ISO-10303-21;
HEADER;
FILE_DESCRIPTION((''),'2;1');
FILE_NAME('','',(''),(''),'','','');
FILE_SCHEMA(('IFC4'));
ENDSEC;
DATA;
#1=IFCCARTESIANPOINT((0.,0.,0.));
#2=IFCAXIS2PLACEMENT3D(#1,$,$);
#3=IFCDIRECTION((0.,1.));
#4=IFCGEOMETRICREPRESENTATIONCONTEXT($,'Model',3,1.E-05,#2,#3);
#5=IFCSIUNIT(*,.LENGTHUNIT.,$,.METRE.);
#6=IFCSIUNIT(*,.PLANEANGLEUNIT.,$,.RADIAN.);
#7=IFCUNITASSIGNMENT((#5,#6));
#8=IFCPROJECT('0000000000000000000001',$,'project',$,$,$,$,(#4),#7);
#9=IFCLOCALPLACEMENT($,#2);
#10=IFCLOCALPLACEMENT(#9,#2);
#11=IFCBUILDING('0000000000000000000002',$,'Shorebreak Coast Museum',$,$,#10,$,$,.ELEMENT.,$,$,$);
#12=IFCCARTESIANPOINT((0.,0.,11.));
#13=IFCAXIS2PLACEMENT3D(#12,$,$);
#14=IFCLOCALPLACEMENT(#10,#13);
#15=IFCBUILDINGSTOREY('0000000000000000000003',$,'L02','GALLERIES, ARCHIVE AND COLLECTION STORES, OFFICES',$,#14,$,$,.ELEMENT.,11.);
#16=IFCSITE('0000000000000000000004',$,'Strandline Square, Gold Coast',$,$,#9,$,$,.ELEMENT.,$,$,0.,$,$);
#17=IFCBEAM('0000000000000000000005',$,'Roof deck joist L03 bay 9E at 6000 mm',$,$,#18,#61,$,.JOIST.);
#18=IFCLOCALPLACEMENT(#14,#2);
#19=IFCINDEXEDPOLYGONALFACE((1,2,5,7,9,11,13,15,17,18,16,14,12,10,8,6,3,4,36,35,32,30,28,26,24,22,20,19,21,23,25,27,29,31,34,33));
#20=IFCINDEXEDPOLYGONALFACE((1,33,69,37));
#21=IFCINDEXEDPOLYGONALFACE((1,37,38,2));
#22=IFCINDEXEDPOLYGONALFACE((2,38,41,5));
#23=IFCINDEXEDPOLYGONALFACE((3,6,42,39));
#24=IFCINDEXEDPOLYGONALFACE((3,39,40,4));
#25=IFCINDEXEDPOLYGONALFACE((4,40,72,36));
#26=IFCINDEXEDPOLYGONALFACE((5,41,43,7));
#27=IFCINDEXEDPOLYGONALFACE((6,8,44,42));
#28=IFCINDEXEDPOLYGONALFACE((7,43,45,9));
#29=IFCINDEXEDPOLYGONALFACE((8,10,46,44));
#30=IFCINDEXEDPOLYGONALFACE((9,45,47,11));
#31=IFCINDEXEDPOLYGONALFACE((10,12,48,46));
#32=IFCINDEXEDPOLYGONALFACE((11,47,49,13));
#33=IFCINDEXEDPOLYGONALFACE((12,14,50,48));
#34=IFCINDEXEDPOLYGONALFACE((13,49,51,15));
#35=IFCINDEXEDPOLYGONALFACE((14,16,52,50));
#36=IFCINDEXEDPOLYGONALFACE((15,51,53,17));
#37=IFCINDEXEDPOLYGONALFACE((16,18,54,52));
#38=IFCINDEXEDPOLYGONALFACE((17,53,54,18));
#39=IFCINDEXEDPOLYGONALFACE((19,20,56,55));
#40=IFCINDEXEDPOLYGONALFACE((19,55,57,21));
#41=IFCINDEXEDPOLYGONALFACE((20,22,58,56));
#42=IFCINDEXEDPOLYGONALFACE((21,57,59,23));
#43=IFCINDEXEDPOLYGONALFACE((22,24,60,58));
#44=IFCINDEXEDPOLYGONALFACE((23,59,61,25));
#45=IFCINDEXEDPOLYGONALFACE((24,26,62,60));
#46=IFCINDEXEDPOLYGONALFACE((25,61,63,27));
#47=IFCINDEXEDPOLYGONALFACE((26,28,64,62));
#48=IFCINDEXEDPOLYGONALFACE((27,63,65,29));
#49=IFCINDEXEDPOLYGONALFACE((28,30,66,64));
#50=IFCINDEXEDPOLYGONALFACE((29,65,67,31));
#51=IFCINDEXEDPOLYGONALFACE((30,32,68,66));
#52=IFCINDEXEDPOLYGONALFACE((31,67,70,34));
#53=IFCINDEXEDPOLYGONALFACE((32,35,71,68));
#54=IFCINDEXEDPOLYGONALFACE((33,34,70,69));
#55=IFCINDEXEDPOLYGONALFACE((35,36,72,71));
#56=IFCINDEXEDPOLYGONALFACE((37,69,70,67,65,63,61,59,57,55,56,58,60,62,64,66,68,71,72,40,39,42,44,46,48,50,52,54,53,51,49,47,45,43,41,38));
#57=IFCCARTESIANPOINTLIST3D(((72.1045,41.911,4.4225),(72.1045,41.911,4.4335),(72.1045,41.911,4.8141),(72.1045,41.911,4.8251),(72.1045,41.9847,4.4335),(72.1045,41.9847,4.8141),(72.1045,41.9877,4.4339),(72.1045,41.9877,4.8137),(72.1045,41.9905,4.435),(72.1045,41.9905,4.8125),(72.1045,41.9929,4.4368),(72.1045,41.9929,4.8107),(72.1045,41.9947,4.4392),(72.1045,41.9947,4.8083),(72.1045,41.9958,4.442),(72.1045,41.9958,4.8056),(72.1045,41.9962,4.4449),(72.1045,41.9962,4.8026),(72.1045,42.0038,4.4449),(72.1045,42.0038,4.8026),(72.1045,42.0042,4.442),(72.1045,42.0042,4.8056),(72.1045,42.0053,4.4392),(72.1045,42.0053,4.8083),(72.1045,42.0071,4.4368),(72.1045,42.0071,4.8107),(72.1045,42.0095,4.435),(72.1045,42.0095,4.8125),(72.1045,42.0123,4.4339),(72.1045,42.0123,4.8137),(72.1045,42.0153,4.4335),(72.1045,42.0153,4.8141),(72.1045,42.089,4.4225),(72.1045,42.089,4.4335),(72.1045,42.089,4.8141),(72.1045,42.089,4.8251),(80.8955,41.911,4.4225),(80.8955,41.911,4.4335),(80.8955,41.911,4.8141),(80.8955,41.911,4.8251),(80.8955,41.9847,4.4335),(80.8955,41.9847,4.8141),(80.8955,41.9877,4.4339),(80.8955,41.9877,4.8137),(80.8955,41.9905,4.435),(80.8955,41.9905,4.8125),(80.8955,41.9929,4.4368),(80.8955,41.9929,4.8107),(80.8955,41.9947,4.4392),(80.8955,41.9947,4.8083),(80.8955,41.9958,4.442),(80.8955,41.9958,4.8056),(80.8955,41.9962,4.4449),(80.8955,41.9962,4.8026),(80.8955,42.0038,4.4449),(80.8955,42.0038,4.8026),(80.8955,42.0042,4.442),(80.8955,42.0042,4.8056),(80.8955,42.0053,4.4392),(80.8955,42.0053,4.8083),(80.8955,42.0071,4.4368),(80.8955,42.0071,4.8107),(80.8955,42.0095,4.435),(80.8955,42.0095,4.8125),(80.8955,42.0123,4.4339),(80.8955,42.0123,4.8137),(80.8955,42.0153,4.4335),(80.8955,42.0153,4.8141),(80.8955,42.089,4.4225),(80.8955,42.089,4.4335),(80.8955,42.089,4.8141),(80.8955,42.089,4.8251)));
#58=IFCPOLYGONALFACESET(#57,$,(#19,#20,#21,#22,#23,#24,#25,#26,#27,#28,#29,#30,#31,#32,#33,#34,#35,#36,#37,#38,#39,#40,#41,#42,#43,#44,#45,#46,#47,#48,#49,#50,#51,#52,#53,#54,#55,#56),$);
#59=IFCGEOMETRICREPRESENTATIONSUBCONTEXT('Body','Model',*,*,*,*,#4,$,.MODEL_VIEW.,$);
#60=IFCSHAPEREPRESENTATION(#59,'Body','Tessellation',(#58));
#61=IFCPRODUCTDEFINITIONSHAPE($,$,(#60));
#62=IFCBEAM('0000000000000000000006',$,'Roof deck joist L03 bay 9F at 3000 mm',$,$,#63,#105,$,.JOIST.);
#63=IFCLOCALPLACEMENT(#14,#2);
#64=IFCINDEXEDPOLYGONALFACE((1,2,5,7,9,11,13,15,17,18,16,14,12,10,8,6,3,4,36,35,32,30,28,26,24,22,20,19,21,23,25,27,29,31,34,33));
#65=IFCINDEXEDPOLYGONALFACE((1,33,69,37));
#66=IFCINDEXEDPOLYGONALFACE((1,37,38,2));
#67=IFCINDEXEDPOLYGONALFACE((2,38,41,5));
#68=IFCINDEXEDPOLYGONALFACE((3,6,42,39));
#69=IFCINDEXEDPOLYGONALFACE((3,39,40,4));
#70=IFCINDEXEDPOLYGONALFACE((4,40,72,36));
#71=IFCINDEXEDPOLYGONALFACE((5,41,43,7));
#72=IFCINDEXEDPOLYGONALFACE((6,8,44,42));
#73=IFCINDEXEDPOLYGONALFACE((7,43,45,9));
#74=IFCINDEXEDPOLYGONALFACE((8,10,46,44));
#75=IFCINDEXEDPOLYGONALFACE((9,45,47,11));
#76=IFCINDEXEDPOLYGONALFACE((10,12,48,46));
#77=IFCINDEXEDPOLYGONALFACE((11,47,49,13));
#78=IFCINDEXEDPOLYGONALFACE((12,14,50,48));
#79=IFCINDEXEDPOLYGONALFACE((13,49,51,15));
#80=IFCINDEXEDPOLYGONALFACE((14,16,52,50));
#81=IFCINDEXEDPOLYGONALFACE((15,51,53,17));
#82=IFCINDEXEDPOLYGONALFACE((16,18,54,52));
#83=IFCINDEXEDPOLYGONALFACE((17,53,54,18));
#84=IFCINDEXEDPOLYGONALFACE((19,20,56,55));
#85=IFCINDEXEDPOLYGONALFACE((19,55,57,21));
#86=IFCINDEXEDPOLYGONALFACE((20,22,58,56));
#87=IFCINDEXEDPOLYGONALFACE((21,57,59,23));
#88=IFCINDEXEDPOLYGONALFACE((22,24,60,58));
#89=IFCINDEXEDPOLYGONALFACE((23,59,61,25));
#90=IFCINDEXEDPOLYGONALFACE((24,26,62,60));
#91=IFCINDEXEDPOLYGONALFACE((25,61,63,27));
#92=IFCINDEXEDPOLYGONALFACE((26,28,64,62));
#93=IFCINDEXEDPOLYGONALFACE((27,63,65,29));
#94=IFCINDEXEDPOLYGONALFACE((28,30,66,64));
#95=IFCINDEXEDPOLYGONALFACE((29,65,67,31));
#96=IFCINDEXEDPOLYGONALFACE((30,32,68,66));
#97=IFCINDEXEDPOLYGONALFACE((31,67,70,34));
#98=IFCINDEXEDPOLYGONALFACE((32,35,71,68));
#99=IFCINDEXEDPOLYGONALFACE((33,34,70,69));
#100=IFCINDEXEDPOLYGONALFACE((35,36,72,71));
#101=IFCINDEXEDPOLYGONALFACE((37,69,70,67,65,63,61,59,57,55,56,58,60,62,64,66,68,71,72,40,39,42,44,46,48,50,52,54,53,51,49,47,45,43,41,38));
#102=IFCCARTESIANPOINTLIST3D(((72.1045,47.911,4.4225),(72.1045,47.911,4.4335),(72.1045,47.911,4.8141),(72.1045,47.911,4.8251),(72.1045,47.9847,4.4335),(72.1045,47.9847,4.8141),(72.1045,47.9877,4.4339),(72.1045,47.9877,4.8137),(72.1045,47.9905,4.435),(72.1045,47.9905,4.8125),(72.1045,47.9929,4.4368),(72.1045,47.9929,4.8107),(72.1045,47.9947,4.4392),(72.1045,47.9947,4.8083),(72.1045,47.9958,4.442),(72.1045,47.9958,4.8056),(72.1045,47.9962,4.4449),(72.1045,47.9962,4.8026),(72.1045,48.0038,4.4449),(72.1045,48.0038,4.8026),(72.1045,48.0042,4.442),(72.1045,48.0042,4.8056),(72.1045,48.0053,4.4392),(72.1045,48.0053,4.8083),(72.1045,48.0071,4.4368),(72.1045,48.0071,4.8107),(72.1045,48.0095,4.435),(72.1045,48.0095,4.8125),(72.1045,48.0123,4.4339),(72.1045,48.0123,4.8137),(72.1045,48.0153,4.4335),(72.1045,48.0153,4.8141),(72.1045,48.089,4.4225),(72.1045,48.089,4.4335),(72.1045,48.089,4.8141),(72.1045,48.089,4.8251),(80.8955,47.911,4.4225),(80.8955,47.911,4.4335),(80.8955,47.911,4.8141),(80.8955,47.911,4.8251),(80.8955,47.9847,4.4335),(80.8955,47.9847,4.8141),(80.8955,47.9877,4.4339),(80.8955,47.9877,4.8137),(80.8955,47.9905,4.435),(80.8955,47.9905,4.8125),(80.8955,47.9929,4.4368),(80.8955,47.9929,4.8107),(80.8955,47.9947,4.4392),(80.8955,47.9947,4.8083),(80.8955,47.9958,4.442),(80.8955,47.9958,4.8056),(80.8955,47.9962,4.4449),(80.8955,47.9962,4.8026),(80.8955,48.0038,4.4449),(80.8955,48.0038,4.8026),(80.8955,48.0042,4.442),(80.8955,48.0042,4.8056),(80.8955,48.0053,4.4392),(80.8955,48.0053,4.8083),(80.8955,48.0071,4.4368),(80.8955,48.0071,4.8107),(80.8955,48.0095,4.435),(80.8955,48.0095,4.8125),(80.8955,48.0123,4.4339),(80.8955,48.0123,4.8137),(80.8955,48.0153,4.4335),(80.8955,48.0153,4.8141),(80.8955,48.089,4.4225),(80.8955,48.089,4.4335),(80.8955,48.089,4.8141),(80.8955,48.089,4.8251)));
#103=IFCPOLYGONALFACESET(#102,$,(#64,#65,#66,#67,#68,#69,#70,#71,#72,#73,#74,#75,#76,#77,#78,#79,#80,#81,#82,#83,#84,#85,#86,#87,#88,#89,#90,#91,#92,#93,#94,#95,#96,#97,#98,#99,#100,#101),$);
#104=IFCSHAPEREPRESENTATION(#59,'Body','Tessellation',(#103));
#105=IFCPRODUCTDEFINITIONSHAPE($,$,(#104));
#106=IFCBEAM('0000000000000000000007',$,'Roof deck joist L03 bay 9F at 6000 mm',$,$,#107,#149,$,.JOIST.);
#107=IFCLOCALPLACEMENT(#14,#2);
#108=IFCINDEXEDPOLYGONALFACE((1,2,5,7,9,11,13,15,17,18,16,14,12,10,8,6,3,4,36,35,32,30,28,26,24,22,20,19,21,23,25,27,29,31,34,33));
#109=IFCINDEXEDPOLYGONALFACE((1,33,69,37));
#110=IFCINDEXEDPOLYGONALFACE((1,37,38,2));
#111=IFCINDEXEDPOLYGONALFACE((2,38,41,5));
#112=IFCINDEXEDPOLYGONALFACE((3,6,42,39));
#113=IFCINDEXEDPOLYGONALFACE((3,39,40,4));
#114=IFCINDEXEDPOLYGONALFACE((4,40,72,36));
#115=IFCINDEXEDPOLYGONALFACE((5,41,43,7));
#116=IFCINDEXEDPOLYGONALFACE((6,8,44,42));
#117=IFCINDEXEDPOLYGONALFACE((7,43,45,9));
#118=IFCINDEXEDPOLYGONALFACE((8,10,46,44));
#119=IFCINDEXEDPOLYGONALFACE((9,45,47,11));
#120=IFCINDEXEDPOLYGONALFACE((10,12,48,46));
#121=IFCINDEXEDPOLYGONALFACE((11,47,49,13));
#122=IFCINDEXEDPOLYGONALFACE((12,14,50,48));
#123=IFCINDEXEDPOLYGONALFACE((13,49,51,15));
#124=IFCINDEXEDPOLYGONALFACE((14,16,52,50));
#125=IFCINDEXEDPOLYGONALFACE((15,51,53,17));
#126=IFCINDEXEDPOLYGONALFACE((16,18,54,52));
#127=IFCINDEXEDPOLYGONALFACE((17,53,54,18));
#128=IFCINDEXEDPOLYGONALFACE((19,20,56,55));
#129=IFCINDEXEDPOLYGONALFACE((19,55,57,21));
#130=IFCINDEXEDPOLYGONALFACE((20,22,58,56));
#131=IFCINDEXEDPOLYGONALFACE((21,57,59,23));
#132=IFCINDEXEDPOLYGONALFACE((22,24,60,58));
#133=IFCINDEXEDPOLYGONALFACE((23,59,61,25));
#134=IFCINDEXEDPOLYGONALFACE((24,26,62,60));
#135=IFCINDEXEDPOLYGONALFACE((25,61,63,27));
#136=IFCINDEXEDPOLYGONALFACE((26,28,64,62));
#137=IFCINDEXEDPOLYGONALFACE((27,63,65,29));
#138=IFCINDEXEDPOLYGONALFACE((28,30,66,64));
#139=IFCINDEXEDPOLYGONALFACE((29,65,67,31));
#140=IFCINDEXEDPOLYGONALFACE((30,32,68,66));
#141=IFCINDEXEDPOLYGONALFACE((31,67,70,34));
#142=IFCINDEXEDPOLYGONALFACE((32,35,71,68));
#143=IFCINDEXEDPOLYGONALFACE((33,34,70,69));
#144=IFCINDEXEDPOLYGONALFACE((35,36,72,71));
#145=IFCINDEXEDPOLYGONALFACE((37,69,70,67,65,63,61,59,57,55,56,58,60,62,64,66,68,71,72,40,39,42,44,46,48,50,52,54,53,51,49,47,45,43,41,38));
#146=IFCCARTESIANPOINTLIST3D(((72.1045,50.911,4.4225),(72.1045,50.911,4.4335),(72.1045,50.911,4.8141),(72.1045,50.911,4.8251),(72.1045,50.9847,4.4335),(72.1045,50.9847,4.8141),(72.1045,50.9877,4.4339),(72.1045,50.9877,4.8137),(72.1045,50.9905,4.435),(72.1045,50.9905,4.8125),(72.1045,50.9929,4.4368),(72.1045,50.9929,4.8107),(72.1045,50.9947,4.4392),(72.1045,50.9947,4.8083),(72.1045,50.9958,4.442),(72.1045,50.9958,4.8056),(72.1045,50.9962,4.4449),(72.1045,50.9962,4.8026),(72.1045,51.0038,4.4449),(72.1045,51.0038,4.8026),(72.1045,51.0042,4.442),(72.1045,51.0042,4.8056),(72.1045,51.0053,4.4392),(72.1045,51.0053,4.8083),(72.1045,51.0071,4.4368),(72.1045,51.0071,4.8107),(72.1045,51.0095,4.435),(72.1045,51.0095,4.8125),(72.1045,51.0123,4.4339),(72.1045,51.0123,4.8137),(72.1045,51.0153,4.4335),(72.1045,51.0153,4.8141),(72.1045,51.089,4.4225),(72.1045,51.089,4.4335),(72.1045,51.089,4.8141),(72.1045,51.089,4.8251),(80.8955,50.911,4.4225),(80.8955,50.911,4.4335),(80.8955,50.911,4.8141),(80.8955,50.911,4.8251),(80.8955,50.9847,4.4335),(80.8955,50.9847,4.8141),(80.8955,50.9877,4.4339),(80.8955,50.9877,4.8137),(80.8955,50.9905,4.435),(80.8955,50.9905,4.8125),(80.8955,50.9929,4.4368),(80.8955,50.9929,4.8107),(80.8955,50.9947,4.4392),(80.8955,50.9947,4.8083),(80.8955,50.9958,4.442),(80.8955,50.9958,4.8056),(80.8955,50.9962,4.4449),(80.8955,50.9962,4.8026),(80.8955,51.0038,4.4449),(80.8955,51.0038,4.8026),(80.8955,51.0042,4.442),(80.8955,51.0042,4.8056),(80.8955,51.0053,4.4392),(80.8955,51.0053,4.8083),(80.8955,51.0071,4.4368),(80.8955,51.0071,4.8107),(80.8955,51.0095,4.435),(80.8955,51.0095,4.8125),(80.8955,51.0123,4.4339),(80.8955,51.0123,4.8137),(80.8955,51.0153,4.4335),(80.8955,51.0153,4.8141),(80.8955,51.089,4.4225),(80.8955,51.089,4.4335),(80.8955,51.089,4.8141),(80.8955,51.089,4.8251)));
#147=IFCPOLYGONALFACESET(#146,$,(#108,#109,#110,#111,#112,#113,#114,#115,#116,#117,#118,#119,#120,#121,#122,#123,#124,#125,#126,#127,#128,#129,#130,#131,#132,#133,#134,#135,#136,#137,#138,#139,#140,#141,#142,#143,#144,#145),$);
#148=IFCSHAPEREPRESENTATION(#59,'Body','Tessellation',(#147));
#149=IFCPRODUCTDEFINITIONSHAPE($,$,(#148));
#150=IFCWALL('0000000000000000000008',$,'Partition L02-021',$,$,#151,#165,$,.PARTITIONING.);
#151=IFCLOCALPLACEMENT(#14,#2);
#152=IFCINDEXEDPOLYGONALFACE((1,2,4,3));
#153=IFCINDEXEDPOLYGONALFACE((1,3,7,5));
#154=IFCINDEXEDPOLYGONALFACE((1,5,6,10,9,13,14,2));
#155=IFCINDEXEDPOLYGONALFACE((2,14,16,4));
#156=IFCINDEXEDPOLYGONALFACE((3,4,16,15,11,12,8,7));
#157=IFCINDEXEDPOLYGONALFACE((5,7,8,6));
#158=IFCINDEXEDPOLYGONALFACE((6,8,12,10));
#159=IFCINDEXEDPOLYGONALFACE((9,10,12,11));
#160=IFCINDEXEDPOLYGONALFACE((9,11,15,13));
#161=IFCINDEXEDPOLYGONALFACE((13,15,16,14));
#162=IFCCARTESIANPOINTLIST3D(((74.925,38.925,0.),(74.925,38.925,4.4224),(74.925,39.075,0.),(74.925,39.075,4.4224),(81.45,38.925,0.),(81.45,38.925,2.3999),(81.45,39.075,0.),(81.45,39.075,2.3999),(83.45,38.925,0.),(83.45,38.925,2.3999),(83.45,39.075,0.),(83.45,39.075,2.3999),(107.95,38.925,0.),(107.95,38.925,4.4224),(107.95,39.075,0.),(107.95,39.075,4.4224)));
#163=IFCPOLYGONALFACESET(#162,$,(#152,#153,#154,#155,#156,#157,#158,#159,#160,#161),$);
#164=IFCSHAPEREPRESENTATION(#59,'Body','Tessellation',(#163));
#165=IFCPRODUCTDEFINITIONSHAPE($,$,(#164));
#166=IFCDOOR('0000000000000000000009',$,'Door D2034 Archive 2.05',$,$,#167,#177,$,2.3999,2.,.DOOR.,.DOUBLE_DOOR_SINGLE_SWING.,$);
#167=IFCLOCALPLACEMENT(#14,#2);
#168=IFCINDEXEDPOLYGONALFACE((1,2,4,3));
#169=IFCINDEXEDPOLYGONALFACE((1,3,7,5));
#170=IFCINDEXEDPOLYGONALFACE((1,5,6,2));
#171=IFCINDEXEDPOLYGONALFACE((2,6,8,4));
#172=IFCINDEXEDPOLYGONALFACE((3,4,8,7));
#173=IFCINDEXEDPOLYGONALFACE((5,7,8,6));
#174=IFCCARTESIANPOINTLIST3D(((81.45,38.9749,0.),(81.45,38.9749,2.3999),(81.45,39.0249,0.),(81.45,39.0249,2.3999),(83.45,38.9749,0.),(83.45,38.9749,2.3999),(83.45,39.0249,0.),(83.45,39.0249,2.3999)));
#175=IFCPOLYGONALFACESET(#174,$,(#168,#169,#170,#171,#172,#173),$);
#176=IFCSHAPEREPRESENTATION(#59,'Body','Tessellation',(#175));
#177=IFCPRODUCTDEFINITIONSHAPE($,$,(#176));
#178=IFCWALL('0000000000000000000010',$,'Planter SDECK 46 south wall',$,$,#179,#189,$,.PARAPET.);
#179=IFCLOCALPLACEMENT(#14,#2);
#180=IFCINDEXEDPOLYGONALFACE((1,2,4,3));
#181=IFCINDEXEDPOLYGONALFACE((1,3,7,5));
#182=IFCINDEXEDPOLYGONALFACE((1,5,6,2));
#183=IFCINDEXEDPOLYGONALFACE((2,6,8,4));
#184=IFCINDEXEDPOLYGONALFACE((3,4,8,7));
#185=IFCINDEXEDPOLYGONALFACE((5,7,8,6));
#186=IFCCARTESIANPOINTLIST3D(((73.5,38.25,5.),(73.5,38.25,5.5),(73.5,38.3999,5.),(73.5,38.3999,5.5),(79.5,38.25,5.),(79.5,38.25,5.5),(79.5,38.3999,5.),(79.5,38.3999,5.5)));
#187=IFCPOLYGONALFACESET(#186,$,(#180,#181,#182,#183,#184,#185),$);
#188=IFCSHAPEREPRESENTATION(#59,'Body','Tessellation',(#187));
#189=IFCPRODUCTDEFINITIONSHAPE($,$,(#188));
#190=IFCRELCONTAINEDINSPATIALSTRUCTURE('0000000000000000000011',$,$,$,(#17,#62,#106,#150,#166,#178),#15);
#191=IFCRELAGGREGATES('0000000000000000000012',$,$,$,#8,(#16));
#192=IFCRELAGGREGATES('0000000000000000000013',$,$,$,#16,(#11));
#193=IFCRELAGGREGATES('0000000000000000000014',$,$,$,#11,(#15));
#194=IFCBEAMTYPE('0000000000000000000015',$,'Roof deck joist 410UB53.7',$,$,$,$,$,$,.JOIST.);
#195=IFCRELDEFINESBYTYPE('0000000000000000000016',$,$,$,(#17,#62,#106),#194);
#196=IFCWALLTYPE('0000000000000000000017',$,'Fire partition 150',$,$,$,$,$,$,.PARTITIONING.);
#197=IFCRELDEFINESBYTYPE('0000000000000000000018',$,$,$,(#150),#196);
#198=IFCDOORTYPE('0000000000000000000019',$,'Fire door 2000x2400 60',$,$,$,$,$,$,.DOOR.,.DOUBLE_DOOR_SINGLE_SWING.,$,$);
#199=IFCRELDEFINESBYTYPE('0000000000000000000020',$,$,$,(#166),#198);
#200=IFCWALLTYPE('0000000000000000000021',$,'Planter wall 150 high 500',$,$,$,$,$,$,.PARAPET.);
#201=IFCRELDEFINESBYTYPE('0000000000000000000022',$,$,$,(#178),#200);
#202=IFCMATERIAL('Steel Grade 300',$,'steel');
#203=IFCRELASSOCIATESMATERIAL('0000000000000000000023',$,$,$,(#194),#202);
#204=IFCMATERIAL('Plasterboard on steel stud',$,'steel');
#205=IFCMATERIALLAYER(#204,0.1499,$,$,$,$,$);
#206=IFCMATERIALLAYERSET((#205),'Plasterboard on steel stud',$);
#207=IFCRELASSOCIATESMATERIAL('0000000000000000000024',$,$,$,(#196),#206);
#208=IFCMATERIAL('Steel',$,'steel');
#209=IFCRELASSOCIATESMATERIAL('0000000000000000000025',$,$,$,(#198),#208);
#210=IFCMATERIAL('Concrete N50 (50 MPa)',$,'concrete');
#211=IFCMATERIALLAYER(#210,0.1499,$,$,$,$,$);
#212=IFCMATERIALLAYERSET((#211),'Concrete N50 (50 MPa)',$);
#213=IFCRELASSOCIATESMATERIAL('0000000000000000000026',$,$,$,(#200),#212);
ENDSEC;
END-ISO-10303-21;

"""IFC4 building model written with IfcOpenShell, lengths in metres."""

from ifc_helpers import new_model, si_unit, direction, frame, frame_2d, origin, origin_2d, place, context, subcontext, project, spatial, rectangle, i_section, extrude, material, layer, layer_set, material_profile, profile_set, type_object, element, fill, save


model = new_model("IFC4")

# Units and contexts
model_context = context("Model", 3, precision=1e-05, world=origin(), true_north=direction((0.0, 1.0)))
body_context = subcontext(model_context, "Body", "Model", "MODEL_VIEW")
ifc_project = project(units=[si_unit("LENGTHUNIT", "METRE"), si_unit("PLANEANGLEUNIT", "RADIAN")], contexts=[model_context])

# Site, building, storey
site_placement = place(None, origin())
site = spatial("IfcSite", under=ifc_project, at=site_placement, Name="Strandline Square, Gold Coast", CompositionType="ELEMENT", RefElevation=0.0)
building_placement = place(site_placement, origin())
building = spatial("IfcBuilding", under=site, at=building_placement, Name="Shorebreak Coast Museum", CompositionType="ELEMENT")
storey_placement = place(building_placement, frame((0.0, 0.0, 11.0)))
storey = spatial("IfcBuildingStorey", under=building, at=storey_placement, Name="L02", Description="GALLERIES, ARCHIVE AND COLLECTION STORES, OFFICES", CompositionType="ELEMENT", Elevation=11.0)

# Beams
ifc_material_1 = material(Name="Steel Grade 300", Category="steel")
ifc_material_profile_1 = material_profile(ifc_material_1, i_section(OverallWidth=0.178, OverallDepth=0.4026, WebThickness=0.0076, FlangeThickness=0.011, FilletRadius=0.0115, at=origin_2d()), Name="410UB53.7")
ifc_profile_set_1 = profile_set([ifc_material_profile_1], Name="Steel Grade 300")
beam_type_1 = type_object("IfcBeamType", Name="Roof deck joist 410UB53.7", PredefinedType="JOIST", material=ifc_profile_set_1)
for number, where, z_axis, x_axis, name in (
    (1, (72.1045, 42.0, 4.6238), (1.0, 0.0, 0.0), (0.0, 1.0, 0.0), "Roof deck joist L03 bay 9E at 6000 mm"),
    (2, (72.1045, 48.0, 4.6238), (1.0, 0.0, 0.0), (0.0, 1.0, 0.0), "Roof deck joist L03 bay 9F at 3000 mm"),
    (3, (72.1045, 51.0, 4.6238), (1.0, 0.0, 0.0), (0.0, 1.0, 0.0), "Roof deck joist L03 bay 9F at 6000 mm"),
):
    element("IfcBeam", number, at=place(storey_placement, frame(where, z_axis=z_axis, x_axis=x_axis)), inside=storey, type_object=beam_type_1, Name=name, PredefinedType="JOIST", context=body_context, shape_type="SweptSolid", body=[
        extrude(i_section(OverallWidth=0.178, OverallDepth=0.4026, WebThickness=0.0076, FlangeThickness=0.011, FilletRadius=0.0115, at=origin_2d()), origin(), (0.0, 0.0, 1.0), 8.791),
    ])

# Wall, opening, door
ifc_material_2 = material(Name="Plasterboard on steel stud", Category="steel")
ifc_layer_1 = layer(ifc_material_2, 0.1499)
ifc_layer_set_1 = layer_set([ifc_layer_1], Name="Plasterboard on steel stud")
wall_type_1 = type_object("IfcWallType", Name="Fire partition 150", PredefinedType="PARTITIONING", material=ifc_layer_set_1)
wall_placement = place(storey_placement, frame((74.925, 39.0, 0.0), z_axis=(0.0, 0.0, 1.0), x_axis=(1.0, 0.0, 0.0)))
wall = element("IfcWall", 4, at=wall_placement, inside=storey, type_object=wall_type_1, Name="Partition L02-021", PredefinedType="PARTITIONING", context=body_context, shape_type="SweptSolid", body=[
    extrude(rectangle(XDim=33.0249, YDim=0.1499, at=frame_2d((16.5125, 0.0))), origin(), (0.0, 0.0, 1.0), 4.4224),
])
opening_placement = place(wall_placement, frame((6.5249, 0.0, 0.0)))
opening = element("IfcOpeningElement", 5, at=opening_placement, cuts=wall, PredefinedType="OPENING", context=body_context, shape_type="SweptSolid", body=[
    extrude(rectangle(XDim=2.0, YDim=2.3999, at=frame_2d((1.0, 1.2))), frame((0.0, 0.085, 0.0), z_axis=(0.0, -1.0, 0.0), x_axis=(1.0, 0.0, 0.0)), (0.0, 0.0, 1.0), 0.1699),
])
ifc_material_3 = material(Name="Steel", Category="steel")
door_type = type_object("IfcDoorType", Name="Fire door 2000x2400 60", OperationType="DOUBLE_DOOR_SINGLE_SWING", PredefinedType="DOOR", material=ifc_material_3)
door_placement = place(opening_placement, origin())
door = element("IfcDoor", 6, at=door_placement, inside=storey, type_object=door_type, Name="Door D2034 Archive 2.05", OperationType="DOUBLE_DOOR_SINGLE_SWING", OverallHeight=2.3999, OverallWidth=2.0, PredefinedType="DOOR", context=body_context, shape_type="SweptSolid", body=[
    extrude(rectangle(XDim=2.0, YDim=2.3999, at=frame_2d((1.0, 1.2))), frame((0.0, 0.0249, 0.0), z_axis=(0.0, -1.0, 0.0), x_axis=(1.0, 0.0, 0.0)), (0.0, 0.0, 1.0), 0.05),
])
fill(opening, door)

# Wall
ifc_material_4 = material(Name="Concrete N50 (50 MPa)", Category="concrete")
ifc_layer_2 = layer(ifc_material_4, 0.1499)
ifc_layer_set_2 = layer_set([ifc_layer_2], Name="Concrete N50 (50 MPa)")
wall_type_2 = type_object("IfcWallType", Name="Planter wall 150 high 500", PredefinedType="PARAPET", material=ifc_layer_set_2)
for number, where, z_axis, x_axis, name in (
    (7, (73.5, 38.325, 5.0), (0.0, 0.0, 1.0), (1.0, 0.0, 0.0), "Planter SDECK 46 south wall"),
):
    element("IfcWall", number, at=place(storey_placement, frame(where, z_axis=z_axis, x_axis=x_axis)), inside=storey, type_object=wall_type_2, Name=name, PredefinedType="PARAPET", context=body_context, shape_type="SweptSolid", body=[
        extrude(rectangle(XDim=6.0, YDim=0.1499, at=frame_2d((3.0, 0.0))), origin(), (0.0, 0.0, 1.0), 0.5),
    ])

save(model, "model.ifc")
